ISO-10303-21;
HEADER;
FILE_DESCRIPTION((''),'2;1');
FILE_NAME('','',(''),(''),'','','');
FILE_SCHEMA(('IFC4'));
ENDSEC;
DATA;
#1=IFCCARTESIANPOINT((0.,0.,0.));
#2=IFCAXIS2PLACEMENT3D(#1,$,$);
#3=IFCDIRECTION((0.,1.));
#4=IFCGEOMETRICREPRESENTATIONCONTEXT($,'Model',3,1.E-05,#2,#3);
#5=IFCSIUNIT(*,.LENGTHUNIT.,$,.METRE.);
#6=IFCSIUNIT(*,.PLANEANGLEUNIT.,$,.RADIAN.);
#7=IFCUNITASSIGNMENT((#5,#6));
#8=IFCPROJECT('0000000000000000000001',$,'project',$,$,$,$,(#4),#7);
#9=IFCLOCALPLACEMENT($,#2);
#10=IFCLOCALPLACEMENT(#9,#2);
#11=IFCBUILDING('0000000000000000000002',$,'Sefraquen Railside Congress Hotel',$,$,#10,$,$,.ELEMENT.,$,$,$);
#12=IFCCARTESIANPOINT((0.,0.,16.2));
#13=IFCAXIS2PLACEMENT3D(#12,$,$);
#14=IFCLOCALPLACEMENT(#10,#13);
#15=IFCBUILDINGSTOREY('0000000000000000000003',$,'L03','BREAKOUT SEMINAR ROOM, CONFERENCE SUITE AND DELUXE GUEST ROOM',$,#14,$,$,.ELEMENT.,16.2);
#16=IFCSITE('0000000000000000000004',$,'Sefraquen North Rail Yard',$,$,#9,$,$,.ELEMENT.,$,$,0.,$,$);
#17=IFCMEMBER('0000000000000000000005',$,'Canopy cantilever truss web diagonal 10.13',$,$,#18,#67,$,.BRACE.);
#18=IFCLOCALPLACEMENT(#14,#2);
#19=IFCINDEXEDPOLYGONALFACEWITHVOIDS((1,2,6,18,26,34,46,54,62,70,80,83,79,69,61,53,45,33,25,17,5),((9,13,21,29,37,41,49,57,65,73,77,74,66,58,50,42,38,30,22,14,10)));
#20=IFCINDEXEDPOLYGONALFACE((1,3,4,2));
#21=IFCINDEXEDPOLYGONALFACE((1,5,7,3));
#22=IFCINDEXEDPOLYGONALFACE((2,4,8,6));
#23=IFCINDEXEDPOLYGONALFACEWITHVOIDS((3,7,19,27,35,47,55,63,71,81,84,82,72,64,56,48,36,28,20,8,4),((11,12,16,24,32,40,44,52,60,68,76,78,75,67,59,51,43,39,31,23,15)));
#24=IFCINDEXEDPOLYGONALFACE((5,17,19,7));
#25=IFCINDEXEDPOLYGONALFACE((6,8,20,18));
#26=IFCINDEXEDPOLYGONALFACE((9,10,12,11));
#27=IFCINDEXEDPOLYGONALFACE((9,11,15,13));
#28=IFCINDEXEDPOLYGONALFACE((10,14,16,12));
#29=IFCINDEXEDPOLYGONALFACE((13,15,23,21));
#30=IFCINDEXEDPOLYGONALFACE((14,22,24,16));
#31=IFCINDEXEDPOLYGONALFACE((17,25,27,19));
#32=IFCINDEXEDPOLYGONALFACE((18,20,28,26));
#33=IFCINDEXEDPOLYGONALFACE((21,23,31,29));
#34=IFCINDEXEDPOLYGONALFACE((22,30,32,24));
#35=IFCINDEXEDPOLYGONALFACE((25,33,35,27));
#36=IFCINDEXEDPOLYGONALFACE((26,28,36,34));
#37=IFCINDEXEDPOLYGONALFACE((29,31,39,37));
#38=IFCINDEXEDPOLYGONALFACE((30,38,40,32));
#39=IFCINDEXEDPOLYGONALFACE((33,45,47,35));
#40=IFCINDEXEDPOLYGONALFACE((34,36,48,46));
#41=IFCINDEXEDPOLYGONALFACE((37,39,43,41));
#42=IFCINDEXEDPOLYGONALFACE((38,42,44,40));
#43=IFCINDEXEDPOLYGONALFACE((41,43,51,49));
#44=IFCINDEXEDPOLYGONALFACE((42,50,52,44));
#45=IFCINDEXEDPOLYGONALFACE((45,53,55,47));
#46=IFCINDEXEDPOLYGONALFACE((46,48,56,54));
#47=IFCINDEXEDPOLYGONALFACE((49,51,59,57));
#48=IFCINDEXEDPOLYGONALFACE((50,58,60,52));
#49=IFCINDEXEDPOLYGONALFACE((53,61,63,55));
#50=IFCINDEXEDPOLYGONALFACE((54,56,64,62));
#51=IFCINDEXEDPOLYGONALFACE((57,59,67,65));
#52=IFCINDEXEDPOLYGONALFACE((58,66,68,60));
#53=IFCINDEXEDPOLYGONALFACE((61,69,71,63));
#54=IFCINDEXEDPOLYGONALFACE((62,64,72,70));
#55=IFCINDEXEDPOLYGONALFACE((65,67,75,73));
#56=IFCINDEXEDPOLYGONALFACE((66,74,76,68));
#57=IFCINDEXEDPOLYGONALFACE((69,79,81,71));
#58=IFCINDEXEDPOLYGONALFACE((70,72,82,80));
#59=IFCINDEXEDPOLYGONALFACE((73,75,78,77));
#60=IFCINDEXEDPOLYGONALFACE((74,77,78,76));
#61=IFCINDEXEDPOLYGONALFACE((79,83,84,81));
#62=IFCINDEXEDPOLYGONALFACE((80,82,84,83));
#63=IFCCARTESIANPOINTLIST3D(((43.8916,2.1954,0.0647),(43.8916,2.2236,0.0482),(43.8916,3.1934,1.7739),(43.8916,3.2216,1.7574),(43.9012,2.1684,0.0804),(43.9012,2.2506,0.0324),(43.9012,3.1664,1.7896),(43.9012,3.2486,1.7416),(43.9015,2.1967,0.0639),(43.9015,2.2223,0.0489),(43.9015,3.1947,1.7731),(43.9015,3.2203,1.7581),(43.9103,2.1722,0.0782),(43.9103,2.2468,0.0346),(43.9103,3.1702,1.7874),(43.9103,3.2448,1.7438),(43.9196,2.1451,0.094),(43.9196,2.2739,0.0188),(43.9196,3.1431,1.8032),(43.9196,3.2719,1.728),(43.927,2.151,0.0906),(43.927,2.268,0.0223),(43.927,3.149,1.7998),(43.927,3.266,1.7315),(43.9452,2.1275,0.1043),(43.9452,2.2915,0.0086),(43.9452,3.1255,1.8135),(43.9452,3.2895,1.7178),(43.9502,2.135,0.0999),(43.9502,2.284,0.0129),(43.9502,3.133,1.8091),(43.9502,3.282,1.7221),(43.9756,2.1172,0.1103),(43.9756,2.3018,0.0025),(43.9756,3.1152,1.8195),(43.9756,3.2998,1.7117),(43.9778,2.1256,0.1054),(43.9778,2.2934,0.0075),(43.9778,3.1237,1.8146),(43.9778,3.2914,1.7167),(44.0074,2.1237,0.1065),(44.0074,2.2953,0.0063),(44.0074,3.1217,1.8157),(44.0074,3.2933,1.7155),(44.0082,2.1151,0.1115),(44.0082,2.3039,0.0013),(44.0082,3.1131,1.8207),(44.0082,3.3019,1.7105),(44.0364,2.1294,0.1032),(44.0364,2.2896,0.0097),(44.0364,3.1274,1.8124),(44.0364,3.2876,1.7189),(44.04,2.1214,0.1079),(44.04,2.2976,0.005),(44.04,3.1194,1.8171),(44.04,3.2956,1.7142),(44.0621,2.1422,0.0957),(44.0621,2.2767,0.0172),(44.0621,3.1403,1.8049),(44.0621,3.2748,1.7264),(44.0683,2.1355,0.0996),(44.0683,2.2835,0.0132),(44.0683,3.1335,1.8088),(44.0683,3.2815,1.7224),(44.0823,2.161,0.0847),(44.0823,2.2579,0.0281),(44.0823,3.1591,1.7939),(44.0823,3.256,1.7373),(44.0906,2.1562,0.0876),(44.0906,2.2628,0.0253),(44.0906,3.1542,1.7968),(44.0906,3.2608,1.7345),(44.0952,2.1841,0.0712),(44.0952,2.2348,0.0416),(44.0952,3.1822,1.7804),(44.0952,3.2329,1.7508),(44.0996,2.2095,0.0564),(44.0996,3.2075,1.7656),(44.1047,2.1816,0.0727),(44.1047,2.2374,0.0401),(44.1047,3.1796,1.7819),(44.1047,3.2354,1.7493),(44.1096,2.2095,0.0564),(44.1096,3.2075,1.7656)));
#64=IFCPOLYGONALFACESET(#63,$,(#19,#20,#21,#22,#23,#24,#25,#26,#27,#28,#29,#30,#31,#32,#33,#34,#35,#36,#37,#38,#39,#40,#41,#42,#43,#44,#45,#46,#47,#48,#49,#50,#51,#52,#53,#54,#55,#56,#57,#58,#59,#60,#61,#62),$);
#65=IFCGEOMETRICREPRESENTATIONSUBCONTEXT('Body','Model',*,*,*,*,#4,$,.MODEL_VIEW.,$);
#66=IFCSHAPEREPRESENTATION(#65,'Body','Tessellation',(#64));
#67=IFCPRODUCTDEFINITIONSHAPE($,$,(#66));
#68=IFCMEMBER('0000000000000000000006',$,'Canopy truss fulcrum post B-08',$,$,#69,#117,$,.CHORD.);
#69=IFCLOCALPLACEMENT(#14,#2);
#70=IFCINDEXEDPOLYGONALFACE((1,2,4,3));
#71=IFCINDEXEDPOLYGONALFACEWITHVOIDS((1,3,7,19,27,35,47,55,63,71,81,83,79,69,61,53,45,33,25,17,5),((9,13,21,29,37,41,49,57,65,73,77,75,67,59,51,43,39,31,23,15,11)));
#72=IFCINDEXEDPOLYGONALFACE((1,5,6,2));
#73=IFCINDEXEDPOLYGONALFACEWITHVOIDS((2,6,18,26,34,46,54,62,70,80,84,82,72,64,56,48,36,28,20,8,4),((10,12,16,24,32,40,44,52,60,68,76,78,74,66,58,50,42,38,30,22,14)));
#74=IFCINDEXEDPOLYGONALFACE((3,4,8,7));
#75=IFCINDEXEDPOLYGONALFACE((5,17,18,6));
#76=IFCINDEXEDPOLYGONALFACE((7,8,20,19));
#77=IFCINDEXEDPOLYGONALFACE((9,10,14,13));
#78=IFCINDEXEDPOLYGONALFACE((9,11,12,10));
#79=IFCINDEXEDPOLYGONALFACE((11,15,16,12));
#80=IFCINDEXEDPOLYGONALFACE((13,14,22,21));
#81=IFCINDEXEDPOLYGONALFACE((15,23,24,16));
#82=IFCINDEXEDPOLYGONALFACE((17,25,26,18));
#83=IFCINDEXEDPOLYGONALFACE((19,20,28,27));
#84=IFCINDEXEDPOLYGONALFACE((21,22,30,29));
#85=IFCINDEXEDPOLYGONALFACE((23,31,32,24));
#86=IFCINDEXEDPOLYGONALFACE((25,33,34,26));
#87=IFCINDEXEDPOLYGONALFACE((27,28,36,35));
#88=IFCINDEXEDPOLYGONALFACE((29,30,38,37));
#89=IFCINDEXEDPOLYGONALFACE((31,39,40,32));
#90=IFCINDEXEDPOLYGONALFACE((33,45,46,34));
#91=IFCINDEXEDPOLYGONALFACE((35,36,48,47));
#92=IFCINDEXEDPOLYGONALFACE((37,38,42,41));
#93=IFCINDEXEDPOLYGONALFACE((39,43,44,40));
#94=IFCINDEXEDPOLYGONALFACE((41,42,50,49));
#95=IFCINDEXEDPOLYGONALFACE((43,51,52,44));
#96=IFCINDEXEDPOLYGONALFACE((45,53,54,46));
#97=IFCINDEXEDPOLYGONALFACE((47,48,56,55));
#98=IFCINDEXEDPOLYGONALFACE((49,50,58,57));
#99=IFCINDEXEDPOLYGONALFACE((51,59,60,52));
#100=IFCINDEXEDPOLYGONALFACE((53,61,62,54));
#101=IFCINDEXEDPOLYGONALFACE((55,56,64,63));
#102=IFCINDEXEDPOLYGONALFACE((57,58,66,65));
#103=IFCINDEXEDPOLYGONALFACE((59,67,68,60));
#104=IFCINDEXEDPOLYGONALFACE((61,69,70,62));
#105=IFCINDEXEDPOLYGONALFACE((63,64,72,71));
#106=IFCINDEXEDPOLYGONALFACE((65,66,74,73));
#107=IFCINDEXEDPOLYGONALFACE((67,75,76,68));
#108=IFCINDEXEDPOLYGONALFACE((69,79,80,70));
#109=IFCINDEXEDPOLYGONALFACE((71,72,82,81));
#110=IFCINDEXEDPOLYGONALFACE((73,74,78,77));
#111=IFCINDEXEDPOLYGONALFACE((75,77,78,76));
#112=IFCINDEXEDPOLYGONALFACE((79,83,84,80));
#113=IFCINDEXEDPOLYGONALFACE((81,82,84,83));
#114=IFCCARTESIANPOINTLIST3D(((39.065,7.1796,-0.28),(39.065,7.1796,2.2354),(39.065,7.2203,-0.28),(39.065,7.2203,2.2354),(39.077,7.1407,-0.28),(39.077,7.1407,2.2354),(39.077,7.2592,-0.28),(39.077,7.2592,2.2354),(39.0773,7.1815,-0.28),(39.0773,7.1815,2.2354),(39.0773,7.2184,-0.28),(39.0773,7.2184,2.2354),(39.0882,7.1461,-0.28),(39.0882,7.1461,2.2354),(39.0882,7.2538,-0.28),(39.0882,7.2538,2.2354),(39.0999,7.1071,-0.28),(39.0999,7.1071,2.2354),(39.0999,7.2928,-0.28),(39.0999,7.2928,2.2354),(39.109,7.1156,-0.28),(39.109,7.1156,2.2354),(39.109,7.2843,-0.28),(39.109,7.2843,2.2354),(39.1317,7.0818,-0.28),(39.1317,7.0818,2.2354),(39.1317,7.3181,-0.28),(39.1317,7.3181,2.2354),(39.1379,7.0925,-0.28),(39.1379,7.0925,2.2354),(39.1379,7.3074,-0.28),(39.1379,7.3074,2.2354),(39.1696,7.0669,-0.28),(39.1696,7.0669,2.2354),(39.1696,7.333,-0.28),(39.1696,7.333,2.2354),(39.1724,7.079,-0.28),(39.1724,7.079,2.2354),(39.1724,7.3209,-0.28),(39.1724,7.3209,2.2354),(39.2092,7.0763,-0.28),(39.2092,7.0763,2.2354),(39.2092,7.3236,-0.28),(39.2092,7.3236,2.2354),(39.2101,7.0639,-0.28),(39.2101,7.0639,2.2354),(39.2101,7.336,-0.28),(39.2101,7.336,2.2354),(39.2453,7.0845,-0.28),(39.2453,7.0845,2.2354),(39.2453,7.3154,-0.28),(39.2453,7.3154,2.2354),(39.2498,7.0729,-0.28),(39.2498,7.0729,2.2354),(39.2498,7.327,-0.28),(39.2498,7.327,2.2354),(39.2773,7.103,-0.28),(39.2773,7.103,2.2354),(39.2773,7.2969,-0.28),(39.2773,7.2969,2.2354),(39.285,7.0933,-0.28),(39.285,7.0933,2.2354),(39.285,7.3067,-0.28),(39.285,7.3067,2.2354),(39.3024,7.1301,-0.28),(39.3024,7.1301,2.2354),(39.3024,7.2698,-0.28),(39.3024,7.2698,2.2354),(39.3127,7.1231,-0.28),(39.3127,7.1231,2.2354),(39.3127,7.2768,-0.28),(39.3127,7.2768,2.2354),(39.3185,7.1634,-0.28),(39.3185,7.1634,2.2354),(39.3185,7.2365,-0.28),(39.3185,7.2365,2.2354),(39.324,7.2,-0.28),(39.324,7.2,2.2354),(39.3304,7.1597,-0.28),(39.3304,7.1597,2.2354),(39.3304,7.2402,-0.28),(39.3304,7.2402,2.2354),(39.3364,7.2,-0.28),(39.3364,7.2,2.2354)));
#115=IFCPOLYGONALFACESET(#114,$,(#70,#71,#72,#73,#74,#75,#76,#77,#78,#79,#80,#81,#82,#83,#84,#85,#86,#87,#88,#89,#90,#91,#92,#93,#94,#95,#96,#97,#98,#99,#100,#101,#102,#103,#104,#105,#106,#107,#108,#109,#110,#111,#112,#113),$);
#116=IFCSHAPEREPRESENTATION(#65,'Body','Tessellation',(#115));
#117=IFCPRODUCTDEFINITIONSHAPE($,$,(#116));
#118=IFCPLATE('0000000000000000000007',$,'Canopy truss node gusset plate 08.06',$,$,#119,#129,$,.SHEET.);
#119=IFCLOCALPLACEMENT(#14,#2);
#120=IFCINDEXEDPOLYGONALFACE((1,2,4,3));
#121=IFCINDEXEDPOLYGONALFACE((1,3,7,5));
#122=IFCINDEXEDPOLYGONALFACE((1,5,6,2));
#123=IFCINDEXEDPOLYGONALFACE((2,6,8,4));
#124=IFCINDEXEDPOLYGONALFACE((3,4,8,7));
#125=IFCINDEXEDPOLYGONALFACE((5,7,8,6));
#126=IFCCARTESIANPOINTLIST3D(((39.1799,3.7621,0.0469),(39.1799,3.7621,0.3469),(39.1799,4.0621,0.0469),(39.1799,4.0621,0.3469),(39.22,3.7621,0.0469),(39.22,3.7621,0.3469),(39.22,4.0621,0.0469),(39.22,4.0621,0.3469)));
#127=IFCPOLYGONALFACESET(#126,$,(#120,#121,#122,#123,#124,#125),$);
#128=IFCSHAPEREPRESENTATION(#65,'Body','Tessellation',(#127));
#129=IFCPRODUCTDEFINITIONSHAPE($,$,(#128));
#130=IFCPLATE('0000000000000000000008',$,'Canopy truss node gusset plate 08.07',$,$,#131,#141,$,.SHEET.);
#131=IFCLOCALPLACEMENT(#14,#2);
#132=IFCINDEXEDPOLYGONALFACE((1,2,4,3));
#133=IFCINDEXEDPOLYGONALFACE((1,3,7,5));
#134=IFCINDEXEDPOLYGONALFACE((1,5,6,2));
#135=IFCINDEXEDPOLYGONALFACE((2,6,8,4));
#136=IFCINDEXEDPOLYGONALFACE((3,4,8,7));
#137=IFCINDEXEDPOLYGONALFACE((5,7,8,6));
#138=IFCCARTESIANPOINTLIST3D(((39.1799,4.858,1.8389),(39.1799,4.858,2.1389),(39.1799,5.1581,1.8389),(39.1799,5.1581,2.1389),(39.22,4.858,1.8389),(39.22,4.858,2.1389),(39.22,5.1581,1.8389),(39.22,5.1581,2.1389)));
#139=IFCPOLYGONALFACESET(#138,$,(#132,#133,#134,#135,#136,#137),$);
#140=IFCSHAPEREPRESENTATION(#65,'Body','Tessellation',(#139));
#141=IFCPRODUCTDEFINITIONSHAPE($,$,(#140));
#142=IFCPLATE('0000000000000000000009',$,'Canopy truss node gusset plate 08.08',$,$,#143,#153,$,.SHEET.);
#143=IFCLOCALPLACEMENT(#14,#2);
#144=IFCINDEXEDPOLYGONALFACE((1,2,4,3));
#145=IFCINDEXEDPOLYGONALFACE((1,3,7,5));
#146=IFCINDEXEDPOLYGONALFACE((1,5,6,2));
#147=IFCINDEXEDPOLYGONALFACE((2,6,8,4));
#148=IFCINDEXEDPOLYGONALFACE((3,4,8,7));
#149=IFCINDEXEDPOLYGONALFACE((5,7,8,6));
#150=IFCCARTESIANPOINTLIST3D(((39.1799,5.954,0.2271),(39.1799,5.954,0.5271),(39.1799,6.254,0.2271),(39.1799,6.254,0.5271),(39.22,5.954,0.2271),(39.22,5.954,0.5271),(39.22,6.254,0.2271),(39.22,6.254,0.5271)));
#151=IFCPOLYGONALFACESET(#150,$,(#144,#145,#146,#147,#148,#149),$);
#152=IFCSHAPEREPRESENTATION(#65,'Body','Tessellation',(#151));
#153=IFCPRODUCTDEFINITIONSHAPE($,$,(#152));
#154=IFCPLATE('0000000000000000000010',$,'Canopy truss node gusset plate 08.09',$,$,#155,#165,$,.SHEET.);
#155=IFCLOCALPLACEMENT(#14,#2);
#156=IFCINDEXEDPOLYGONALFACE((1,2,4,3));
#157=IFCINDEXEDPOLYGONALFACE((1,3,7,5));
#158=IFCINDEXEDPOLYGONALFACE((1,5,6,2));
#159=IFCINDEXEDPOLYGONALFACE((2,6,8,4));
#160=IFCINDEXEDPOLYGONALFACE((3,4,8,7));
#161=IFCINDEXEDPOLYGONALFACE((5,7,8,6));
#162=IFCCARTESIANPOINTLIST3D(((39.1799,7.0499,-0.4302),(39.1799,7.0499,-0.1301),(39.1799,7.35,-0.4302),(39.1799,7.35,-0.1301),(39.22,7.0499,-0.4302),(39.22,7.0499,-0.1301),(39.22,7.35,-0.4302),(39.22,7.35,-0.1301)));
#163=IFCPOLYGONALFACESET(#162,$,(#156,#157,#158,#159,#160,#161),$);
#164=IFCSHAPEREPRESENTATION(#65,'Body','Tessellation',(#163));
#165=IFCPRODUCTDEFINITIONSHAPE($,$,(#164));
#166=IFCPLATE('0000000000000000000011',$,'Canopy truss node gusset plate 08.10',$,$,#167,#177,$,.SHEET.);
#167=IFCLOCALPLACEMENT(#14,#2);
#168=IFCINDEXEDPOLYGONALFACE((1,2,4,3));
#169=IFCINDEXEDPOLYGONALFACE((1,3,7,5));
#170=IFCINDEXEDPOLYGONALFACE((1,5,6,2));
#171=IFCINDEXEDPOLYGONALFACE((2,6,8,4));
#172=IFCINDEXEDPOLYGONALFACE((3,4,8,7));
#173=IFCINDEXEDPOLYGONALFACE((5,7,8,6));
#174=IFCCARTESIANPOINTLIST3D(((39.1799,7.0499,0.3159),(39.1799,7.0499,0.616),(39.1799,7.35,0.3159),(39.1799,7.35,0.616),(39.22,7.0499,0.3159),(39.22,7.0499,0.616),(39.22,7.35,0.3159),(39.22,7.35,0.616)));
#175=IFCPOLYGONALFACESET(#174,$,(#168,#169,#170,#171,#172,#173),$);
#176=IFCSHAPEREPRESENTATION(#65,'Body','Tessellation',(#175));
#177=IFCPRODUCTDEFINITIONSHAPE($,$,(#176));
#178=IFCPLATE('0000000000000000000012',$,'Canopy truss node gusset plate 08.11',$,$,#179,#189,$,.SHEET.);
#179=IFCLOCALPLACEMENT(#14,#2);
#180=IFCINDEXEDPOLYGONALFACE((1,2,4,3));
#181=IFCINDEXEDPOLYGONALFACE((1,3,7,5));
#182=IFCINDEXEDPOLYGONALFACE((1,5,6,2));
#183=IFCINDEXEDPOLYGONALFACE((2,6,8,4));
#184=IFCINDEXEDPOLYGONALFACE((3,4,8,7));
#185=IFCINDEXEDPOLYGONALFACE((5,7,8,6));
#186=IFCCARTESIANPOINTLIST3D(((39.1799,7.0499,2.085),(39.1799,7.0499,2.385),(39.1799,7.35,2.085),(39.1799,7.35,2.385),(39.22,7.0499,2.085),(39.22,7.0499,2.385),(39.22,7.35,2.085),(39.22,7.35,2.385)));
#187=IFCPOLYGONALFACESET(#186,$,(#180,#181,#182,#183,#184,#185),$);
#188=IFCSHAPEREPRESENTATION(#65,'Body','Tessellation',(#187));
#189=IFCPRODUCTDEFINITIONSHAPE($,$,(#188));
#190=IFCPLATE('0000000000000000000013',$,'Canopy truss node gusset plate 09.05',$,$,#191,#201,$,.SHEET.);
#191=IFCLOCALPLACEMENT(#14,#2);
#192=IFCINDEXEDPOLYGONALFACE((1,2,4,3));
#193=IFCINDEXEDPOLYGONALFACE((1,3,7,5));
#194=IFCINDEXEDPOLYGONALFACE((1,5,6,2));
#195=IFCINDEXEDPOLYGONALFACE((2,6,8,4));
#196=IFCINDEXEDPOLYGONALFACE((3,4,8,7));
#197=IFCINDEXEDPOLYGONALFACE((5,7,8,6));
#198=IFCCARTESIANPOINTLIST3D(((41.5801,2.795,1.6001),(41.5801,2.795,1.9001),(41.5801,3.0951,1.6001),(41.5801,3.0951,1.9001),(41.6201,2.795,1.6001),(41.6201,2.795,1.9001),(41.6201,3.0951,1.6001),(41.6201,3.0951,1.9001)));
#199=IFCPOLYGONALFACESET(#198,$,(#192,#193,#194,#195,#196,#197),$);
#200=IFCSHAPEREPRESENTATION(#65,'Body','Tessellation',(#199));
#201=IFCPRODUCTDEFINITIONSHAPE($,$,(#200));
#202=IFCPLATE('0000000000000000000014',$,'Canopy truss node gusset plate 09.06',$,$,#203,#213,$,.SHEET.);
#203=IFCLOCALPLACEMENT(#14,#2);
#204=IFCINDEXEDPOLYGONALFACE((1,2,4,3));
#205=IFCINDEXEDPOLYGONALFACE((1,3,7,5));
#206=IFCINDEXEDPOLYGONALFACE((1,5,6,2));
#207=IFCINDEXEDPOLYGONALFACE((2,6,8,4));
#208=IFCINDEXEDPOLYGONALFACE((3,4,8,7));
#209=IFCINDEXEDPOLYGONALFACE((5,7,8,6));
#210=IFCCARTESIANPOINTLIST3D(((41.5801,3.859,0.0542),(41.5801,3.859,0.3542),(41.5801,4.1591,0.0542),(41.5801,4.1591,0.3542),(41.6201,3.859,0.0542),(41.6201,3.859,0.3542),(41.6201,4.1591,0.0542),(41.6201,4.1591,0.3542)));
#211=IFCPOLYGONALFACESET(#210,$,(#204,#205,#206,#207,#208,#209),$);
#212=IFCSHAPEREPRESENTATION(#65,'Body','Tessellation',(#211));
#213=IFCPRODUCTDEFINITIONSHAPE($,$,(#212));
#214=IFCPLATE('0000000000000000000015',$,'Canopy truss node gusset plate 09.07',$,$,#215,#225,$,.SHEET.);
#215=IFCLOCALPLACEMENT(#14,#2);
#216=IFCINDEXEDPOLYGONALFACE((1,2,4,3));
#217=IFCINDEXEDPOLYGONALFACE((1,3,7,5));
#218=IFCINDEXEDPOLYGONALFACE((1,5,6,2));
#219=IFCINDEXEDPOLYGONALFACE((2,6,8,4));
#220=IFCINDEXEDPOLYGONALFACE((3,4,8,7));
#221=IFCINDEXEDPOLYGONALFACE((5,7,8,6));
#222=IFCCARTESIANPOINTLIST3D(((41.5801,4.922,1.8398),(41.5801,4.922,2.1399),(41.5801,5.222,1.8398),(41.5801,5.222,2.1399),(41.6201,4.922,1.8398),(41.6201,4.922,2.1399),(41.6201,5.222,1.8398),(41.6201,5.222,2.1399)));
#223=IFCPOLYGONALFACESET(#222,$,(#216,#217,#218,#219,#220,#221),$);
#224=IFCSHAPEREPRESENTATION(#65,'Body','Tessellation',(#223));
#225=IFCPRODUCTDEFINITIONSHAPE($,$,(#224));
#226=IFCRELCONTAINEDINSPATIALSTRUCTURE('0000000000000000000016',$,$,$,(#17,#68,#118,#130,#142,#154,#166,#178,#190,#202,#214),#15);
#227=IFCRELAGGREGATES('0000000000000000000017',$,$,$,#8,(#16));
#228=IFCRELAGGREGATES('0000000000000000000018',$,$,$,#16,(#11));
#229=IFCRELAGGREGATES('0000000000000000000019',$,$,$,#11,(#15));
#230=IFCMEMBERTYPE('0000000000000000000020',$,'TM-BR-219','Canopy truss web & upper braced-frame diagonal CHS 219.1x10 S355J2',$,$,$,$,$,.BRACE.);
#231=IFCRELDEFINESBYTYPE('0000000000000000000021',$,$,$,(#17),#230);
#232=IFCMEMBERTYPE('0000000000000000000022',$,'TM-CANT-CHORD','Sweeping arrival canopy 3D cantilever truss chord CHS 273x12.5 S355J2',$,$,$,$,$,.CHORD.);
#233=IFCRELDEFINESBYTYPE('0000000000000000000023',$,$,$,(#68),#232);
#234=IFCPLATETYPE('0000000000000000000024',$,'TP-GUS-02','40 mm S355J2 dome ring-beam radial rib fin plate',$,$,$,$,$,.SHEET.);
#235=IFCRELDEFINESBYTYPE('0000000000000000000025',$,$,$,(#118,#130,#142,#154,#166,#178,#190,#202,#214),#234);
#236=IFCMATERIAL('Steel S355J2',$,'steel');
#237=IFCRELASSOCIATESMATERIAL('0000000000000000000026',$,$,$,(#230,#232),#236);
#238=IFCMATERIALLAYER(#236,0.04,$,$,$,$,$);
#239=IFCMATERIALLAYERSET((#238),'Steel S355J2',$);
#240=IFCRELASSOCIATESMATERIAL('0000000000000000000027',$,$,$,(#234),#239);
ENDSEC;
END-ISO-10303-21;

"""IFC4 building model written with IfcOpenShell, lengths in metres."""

from ifc_helpers import new_model, si_unit, direction, frame, origin, origin_2d, place, context, subcontext, project, spatial, rectangle, hollow_circle, extrude, material, layer, layer_set, material_profile, profile_set, type_object, element, save


model = new_model("IFC4")

# Units and contexts
model_context = context("Model", 3, precision=1e-05, world=origin(), true_north=direction((0.0, 1.0)))
body_context = subcontext(model_context, "Body", "Model", "MODEL_VIEW")
ifc_project = project(units=[si_unit("LENGTHUNIT", "METRE"), si_unit("PLANEANGLEUNIT", "RADIAN")], contexts=[model_context])

# Site, building, storey
site_placement = place(None, origin())
site = spatial("IfcSite", under=ifc_project, at=site_placement, Name="Sefraquen North Rail Yard", CompositionType="ELEMENT", RefElevation=0.0)
building_placement = place(site_placement, origin())
building = spatial("IfcBuilding", under=site, at=building_placement, Name="Sefraquen Railside Congress Hotel", CompositionType="ELEMENT")
storey_placement = place(building_placement, frame((0.0, 0.0, 16.2)))
storey = spatial("IfcBuildingStorey", under=building, at=storey_placement, Name="L03", Description="BREAKOUT SEMINAR ROOM, CONFERENCE SUITE AND DELUXE GUEST ROOM", CompositionType="ELEMENT", Elevation=16.2)

# Members
ifc_material_1 = material(Name="Steel S355J2", Category="steel")
ifc_material_profile_1 = material_profile(ifc_material_1, hollow_circle(Radius=0.1096, WallThickness=0.01, at=origin_2d()), Name="CHS 219.1x10")
ifc_profile_set_1 = profile_set([ifc_material_profile_1], Name="Steel S355J2")
member_type_1 = type_object("IfcMemberType", Name="TM-BR-219", Description="Canopy truss web & upper braced-frame diagonal CHS 219.1x10 S355J2", PredefinedType="BRACE", material=ifc_profile_set_1)
member_1_placement = place(storey_placement, frame((44.0, 3.2075, 1.7656), z_axis=(0.0, -0.504247, -0.86356), x_axis=(1.0, 0.0, 0.0)))
element("IfcMember", 1, at=member_1_placement, inside=storey, type_object=member_type_1, Name="Canopy cantilever truss web diagonal 10.13", PredefinedType="BRACE", context=body_context, shape_type="SweptSolid", body=[
    extrude(hollow_circle(Radius=0.1096, WallThickness=0.01, at=origin_2d()), origin(), (0.0, 0.0, 1.0), 1.9792),
])
ifc_material_profile_2 = material_profile(ifc_material_1, hollow_circle(Radius=0.1365, WallThickness=0.0125, at=origin_2d()), Name="CHS 273x12.5")
ifc_profile_set_2 = profile_set([ifc_material_profile_2], Name="Steel S355J2")
member_type_2 = type_object("IfcMemberType", Name="TM-CANT-CHORD", Description="Sweeping arrival canopy 3D cantilever truss chord CHS 273x12.5 S355J2", PredefinedType="CHORD", material=ifc_profile_set_2)
member_2_placement = place(storey_placement, frame((39.2, 7.2, -0.28), z_axis=(0.0, 0.0, 1.0), x_axis=(1.0, 0.0, 0.0)))
element("IfcMember", 2, at=member_2_placement, inside=storey, type_object=member_type_2, Name="Canopy truss fulcrum post B-08", PredefinedType="CHORD", context=body_context, shape_type="SweptSolid", body=[
    extrude(hollow_circle(Radius=0.1365, WallThickness=0.0125, at=origin_2d()), origin(), (0.0, 0.0, 1.0), 2.5154),
])

# Plates
ifc_layer_1 = layer(ifc_material_1, 0.04)
ifc_layer_set_1 = layer_set([ifc_layer_1], Name="Steel S355J2")
plate_type = type_object("IfcPlateType", Name="TP-GUS-02", Description="40 mm S355J2 dome ring-beam radial rib fin plate", PredefinedType="SHEET", material=ifc_layer_set_1)
for number, where, z_axis, x_axis, name in (
    (3, (39.2, 3.9121, 0.0469), (0.0, 0.0, 1.0), (1.0, 0.0, 0.0), "Canopy truss node gusset plate 08.06"),
    (4, (39.2, 5.0081, 1.8389), (0.0, 0.0, 1.0), (1.0, 0.0, 0.0), "Canopy truss node gusset plate 08.07"),
    (5, (39.2, 6.104, 0.2271), (0.0, 0.0, 1.0), (1.0, 0.0, 0.0), "Canopy truss node gusset plate 08.08"),
    (6, (39.2, 7.2, -0.4302), (0.0, 0.0, 1.0), (1.0, 0.0, 0.0), "Canopy truss node gusset plate 08.09"),
    (7, (39.2, 7.2, 0.3159), (0.0, 0.0, 1.0), (1.0, 0.0, 0.0), "Canopy truss node gusset plate 08.10"),
    (8, (39.2, 7.2, 2.085), (0.0, 0.0, 1.0), (1.0, 0.0, 0.0), "Canopy truss node gusset plate 08.11"),
    (9, (41.6001, 2.9451, 1.6001), (0.0, 0.0, 1.0), (1.0, 0.0, 0.0), "Canopy truss node gusset plate 09.05"),
    (10, (41.6001, 4.009, 0.0542), (0.0, 0.0, 1.0), (1.0, 0.0, 0.0), "Canopy truss node gusset plate 09.06"),
    (11, (41.6001, 5.072, 1.8398), (0.0, 0.0, 1.0), (1.0, 0.0, 0.0), "Canopy truss node gusset plate 09.07"),
):
    element("IfcPlate", number, at=place(storey_placement, frame(where, z_axis=z_axis, x_axis=x_axis)), inside=storey, type_object=plate_type, Name=name, PredefinedType="SHEET", context=body_context, shape_type="SweptSolid", body=[
        extrude(rectangle(XDim=0.04, YDim=0.3, at=origin_2d()), origin(), (0.0, 0.0, 1.0), 0.3),
    ])

save(model, "model.ifc")
